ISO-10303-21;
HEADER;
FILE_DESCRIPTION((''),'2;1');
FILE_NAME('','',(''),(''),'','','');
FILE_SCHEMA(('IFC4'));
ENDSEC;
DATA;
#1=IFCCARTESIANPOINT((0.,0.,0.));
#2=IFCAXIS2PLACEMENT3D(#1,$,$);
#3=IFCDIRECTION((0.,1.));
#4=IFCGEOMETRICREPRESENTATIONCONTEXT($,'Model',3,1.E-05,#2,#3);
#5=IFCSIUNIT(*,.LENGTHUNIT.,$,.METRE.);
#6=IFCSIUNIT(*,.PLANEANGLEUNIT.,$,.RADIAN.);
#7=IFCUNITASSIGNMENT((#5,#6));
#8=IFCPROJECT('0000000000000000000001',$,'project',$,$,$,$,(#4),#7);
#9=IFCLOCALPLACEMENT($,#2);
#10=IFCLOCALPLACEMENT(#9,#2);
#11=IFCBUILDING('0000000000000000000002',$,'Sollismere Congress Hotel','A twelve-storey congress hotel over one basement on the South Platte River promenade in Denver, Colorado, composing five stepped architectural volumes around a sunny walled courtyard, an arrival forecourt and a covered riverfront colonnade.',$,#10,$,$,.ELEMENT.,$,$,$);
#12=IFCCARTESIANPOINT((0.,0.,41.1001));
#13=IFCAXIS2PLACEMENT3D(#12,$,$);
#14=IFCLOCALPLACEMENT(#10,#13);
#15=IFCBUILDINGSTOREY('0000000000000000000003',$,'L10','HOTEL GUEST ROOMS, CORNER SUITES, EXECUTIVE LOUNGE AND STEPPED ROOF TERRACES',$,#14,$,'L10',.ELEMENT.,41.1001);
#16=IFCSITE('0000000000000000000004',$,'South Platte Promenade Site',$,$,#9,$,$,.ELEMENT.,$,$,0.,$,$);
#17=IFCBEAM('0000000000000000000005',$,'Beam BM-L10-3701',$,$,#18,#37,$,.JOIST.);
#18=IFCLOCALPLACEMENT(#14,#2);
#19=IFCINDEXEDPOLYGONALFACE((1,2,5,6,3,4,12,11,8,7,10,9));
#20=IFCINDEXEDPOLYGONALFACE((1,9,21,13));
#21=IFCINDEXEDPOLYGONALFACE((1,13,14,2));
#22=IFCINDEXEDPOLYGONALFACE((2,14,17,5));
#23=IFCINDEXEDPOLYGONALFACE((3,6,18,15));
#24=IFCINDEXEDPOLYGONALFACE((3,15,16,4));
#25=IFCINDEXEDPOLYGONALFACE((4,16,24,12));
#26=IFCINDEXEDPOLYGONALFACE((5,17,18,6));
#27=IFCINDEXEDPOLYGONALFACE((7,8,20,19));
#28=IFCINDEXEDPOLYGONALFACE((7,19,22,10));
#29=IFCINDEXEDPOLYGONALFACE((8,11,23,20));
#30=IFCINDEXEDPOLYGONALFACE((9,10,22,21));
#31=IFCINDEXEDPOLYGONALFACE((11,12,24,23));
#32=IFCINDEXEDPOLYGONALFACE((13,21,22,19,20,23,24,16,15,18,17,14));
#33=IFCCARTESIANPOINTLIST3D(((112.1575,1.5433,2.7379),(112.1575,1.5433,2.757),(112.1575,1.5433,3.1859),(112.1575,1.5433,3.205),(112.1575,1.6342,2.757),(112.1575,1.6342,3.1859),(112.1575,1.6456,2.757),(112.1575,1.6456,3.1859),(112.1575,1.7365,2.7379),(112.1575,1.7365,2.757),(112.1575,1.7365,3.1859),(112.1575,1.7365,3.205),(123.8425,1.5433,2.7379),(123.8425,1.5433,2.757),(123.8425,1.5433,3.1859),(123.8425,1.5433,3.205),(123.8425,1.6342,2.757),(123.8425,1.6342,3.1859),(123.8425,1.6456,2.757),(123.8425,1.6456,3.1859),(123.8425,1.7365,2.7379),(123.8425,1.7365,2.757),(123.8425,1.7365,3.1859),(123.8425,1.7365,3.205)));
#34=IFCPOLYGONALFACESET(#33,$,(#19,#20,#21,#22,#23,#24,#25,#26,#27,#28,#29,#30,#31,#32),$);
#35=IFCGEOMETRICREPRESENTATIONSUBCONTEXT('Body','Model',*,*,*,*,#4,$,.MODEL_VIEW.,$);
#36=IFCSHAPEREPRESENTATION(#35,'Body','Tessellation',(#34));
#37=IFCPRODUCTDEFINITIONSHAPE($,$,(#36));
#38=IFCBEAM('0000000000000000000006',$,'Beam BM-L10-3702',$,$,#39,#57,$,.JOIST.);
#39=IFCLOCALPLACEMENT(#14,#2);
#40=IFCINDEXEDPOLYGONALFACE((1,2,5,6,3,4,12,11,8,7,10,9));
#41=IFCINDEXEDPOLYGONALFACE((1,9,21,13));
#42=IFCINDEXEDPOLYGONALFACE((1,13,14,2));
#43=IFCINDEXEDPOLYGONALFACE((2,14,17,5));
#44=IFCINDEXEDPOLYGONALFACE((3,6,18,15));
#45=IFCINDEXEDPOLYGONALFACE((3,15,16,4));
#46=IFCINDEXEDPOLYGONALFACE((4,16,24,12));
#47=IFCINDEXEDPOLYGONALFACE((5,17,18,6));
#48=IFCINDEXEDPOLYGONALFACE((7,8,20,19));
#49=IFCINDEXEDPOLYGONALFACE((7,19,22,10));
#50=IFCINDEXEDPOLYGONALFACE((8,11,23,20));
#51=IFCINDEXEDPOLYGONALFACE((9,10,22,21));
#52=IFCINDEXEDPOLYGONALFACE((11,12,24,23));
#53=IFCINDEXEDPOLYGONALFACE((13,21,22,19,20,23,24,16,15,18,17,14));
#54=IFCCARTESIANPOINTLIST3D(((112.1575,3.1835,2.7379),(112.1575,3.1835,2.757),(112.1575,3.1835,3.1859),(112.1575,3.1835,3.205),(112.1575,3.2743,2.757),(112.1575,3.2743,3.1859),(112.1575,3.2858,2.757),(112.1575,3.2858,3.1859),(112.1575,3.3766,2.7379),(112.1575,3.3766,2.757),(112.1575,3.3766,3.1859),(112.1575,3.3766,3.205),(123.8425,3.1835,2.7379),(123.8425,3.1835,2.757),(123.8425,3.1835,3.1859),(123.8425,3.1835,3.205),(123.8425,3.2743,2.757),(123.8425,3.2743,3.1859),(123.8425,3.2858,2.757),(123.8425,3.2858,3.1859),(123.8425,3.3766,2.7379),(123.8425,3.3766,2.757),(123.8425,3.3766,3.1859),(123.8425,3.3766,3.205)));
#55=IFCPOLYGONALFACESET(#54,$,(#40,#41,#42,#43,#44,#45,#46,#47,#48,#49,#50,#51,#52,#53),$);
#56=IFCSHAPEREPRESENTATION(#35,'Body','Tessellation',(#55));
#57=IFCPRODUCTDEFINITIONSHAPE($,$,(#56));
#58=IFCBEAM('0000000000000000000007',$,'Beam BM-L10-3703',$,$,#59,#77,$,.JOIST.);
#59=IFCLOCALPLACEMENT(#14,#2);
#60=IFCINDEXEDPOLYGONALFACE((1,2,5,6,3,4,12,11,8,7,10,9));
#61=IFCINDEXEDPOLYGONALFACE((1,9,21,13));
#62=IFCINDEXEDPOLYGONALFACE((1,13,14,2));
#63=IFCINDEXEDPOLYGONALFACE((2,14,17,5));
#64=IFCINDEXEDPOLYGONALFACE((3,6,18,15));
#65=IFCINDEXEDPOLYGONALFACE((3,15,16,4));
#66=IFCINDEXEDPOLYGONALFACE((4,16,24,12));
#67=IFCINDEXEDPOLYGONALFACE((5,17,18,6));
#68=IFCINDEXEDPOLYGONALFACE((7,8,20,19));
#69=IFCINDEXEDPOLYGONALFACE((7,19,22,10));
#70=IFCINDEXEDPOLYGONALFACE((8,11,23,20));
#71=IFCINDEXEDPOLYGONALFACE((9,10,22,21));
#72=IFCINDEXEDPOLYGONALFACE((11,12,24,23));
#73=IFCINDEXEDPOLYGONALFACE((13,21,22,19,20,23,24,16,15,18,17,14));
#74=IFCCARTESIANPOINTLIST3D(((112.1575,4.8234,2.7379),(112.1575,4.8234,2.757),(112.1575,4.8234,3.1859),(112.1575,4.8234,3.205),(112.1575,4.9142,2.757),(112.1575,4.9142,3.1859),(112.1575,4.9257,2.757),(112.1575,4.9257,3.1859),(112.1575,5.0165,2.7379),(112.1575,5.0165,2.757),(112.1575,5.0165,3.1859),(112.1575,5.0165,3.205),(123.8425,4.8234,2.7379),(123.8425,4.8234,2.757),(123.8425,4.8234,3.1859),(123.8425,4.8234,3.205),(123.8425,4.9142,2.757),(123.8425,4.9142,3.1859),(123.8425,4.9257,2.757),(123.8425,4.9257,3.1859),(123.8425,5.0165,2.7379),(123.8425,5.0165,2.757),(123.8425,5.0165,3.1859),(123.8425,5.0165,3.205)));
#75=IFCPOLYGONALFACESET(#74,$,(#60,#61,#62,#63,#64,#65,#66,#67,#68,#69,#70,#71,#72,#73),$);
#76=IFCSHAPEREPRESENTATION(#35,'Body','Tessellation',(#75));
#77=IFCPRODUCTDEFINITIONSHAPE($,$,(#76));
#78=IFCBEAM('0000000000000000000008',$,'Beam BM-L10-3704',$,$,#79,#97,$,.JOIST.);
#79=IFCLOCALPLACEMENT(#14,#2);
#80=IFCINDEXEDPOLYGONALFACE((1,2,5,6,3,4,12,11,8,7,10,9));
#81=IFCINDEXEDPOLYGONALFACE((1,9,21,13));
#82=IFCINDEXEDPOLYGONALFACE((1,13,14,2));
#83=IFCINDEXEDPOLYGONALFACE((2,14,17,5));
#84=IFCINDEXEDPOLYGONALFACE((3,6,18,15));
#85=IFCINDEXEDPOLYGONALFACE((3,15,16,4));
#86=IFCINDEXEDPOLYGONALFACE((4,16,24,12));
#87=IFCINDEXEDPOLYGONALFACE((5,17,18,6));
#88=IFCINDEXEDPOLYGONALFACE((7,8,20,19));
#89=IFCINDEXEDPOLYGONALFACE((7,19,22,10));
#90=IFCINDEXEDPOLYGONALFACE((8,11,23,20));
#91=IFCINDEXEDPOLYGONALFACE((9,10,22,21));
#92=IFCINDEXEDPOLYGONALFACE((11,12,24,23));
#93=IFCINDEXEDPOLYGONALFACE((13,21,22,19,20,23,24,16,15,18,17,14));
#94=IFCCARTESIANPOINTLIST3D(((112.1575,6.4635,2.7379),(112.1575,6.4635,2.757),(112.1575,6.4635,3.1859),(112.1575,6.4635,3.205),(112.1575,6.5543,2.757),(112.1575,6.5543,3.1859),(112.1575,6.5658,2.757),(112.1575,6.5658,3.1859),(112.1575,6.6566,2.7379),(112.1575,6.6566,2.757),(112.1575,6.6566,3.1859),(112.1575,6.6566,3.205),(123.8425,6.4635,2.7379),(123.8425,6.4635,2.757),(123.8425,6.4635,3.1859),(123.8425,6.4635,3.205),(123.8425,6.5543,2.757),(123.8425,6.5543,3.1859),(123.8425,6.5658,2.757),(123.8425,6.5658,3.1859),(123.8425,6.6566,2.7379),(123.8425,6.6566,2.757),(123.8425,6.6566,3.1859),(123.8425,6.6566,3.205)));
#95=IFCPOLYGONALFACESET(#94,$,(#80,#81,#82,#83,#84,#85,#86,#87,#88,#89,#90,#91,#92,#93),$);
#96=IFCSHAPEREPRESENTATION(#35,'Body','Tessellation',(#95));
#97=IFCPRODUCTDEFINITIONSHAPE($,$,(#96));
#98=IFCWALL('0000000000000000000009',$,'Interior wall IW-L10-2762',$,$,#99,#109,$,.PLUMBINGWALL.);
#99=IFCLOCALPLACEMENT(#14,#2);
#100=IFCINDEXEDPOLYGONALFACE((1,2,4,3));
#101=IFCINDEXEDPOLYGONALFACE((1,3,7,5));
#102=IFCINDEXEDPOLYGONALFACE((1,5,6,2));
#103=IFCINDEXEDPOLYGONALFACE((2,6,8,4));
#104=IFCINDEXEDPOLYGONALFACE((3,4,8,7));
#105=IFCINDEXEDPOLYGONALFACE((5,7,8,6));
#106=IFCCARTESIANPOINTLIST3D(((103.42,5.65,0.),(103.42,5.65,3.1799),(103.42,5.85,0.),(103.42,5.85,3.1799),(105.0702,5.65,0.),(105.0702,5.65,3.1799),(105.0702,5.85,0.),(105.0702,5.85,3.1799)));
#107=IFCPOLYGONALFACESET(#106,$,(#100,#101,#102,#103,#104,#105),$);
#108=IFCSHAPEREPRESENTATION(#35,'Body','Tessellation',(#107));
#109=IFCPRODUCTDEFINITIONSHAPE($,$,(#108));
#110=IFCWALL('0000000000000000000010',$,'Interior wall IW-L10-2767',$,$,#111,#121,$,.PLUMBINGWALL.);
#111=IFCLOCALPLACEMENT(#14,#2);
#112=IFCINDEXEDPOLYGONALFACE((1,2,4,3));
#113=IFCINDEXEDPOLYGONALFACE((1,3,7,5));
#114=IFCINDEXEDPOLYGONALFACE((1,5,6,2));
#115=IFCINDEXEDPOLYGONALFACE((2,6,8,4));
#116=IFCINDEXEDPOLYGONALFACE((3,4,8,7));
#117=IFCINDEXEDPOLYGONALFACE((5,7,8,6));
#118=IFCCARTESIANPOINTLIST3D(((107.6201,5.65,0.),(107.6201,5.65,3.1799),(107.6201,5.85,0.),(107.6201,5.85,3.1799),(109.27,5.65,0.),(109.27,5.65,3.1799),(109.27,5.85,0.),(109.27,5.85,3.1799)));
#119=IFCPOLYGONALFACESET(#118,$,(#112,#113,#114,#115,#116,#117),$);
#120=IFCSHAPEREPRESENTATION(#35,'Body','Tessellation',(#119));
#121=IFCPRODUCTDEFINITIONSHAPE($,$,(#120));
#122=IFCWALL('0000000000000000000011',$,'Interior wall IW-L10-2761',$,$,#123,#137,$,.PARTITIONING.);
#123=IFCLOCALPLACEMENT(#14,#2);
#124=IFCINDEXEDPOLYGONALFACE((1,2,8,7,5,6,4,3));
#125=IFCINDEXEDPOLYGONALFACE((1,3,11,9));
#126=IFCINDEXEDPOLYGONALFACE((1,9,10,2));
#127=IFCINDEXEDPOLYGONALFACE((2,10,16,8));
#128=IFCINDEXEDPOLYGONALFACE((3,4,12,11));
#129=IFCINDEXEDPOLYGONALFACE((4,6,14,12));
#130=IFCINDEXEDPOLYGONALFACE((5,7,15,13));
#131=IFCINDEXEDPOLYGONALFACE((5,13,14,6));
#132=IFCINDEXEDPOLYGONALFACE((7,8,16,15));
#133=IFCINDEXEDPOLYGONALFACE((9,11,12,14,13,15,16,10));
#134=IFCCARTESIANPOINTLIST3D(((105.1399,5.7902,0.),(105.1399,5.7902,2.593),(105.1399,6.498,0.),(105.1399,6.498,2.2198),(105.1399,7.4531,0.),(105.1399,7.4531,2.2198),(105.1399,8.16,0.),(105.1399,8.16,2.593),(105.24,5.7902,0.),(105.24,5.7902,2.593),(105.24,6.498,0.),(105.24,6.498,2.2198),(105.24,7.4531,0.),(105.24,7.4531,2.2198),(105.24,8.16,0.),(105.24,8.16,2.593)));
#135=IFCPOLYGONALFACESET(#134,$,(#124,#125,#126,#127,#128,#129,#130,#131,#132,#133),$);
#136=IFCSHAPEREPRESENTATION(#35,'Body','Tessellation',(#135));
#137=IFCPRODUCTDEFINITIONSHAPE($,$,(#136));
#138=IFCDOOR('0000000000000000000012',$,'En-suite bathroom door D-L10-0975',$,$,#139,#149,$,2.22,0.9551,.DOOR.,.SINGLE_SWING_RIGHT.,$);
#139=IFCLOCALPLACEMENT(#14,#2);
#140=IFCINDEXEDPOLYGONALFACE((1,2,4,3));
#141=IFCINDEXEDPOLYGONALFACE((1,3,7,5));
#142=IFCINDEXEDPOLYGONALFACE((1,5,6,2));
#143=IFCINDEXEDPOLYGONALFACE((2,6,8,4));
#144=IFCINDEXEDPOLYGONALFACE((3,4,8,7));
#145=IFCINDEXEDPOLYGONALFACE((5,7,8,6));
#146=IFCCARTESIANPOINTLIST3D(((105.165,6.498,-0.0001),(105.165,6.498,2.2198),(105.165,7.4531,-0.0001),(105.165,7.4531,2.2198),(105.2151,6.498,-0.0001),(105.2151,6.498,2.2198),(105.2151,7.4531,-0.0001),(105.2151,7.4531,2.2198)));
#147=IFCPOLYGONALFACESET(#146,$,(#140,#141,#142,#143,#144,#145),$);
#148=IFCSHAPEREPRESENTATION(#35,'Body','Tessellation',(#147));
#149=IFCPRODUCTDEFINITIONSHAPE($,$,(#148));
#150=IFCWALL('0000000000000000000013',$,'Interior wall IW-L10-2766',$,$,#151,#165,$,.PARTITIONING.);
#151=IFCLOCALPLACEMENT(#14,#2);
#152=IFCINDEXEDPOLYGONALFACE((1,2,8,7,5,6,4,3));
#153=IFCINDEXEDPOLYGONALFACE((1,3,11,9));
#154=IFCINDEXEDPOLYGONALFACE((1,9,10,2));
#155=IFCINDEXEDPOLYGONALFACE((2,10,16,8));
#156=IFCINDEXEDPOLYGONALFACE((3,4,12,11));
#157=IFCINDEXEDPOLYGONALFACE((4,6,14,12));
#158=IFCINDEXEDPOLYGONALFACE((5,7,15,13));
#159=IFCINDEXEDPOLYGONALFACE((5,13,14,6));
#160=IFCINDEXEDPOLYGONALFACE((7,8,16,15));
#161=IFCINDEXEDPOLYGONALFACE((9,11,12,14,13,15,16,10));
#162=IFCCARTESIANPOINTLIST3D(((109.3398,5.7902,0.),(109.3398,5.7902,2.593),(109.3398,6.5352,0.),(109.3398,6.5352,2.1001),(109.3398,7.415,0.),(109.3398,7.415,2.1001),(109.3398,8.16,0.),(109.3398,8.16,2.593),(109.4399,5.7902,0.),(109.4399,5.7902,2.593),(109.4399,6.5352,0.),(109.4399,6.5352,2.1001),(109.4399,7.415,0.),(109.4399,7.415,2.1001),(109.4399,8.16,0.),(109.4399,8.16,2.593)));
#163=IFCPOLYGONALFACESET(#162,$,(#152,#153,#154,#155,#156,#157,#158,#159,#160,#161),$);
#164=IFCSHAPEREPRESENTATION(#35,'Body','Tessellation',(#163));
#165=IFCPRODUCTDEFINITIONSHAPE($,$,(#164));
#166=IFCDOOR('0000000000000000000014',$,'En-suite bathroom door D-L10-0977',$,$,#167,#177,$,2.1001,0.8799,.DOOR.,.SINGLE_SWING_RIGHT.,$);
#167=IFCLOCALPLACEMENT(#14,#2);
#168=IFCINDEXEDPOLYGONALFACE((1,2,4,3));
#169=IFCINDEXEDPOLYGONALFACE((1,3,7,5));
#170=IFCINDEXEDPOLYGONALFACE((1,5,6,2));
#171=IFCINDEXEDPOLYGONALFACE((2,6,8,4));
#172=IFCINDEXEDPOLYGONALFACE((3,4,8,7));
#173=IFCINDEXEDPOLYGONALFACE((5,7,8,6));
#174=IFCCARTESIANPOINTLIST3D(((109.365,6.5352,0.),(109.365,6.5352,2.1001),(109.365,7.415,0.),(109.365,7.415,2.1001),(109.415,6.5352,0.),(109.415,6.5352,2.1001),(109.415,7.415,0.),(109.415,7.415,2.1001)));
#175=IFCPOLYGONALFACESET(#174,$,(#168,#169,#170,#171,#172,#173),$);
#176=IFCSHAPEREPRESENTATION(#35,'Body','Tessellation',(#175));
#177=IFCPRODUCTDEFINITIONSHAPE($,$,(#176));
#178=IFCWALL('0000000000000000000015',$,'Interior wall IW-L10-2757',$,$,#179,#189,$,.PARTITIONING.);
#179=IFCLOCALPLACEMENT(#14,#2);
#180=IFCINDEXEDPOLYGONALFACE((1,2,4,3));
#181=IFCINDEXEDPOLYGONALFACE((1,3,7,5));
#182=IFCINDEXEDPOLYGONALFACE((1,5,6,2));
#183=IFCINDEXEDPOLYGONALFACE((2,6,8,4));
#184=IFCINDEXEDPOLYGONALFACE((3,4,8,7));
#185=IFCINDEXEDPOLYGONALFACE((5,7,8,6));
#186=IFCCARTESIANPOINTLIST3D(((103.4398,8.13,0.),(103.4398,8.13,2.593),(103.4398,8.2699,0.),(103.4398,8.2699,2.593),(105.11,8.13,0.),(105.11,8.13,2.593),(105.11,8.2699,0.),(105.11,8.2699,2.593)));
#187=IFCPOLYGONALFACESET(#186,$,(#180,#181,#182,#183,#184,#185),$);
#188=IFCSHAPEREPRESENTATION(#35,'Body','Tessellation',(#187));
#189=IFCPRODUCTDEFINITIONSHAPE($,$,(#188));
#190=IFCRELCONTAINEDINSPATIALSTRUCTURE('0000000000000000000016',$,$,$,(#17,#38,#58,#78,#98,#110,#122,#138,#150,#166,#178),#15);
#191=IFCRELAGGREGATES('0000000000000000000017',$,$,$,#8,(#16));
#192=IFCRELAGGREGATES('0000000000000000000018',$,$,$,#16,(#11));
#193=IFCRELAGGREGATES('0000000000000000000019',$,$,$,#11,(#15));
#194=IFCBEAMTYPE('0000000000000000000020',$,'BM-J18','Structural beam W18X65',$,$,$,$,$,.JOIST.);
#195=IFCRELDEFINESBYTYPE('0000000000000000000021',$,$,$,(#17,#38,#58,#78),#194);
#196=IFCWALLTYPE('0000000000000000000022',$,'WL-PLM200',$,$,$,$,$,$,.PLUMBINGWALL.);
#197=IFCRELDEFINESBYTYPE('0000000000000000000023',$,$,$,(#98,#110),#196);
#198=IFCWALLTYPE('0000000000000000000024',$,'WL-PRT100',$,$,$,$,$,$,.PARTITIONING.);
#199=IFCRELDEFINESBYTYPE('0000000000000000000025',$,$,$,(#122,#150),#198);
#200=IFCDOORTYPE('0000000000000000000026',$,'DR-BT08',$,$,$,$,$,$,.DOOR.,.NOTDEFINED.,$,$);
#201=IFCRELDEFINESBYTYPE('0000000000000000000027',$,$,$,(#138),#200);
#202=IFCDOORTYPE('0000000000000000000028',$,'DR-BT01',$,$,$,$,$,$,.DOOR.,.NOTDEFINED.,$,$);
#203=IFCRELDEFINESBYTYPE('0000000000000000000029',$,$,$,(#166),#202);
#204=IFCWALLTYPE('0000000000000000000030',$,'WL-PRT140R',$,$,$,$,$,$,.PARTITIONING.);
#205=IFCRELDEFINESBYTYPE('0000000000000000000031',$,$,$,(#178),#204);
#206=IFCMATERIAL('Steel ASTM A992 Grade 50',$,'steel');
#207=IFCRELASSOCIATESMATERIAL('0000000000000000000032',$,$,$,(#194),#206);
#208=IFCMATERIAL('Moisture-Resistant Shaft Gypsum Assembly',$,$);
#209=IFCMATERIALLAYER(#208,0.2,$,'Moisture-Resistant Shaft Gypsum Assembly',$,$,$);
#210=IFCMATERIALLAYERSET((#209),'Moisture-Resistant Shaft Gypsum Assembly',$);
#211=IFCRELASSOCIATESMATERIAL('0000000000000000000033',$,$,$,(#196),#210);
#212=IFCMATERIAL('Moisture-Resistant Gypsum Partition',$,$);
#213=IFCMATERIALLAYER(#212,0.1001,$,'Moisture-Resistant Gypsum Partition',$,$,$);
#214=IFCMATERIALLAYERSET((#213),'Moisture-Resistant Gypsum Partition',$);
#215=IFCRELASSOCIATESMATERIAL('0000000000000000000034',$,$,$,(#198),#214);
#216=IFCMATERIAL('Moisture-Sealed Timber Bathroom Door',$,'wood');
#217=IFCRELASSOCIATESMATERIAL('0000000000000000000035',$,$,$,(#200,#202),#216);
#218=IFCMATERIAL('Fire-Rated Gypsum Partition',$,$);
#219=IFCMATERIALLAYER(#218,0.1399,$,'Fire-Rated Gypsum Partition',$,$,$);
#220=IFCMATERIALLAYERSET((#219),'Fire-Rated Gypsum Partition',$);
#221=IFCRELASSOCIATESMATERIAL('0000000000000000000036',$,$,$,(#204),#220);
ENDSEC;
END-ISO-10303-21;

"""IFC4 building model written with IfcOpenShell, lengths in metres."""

from ifc_helpers import new_model, si_unit, direction, frame, frame_2d, origin, origin_2d, place, context, subcontext, project, spatial, rectangle, i_section, extrude, material, layer, layer_set, material_profile, profile_set, type_object, element, fill, save


model = new_model("IFC4")

# Units and contexts
model_context = context("Model", 3, precision=1e-05, world=origin(), true_north=direction((0.0, 1.0)))
body_context = subcontext(model_context, "Body", "Model", "MODEL_VIEW")
ifc_project = project(units=[si_unit("LENGTHUNIT", "METRE"), si_unit("PLANEANGLEUNIT", "RADIAN")], contexts=[model_context])

# Site, building, storey
site_placement = place(None, origin())
site = spatial("IfcSite", under=ifc_project, at=site_placement, Name="South Platte Promenade Site", CompositionType="ELEMENT", RefElevation=0.0)
building_placement = place(site_placement, origin())
building = spatial("IfcBuilding", under=site, at=building_placement, Name="Sollismere Congress Hotel", Description="A twelve-storey congress hotel over one basement on the South Platte River promenade in Denver, Colorado, composing five stepped architectural volumes around a sunny walled courtyard, an arrival forecourt and a covered riverfront colonnade.", CompositionType="ELEMENT")
storey_placement = place(building_placement, frame((0.0, 0.0, 41.1001)))
storey = spatial("IfcBuildingStorey", under=building, at=storey_placement, Name="L10", Description="HOTEL GUEST ROOMS, CORNER SUITES, EXECUTIVE LOUNGE AND STEPPED ROOF TERRACES", LongName="L10", CompositionType="ELEMENT", Elevation=41.1001)

# Beams
ifc_material_1 = material(Name="Steel ASTM A992 Grade 50", Category="steel")
ifc_material_profile = material_profile(ifc_material_1, i_section(OverallWidth=0.1931, OverallDepth=0.467, WebThickness=0.0115, FlangeThickness=0.019, at=origin_2d()), Name="W18X65")
ifc_profile_set = profile_set([ifc_material_profile], Name="Steel ASTM A992 Grade 50")
beam_type = type_object("IfcBeamType", Name="BM-J18", Description="Structural beam W18X65", PredefinedType="JOIST", material=ifc_profile_set)
for number, where, z_axis, x_axis, name in (
    (1, (112.1575, 1.6399, 2.9714), (1.0, 0.0, 0.0), (0.0, 1.0, 0.0), "Beam BM-L10-3701"),
    (2, (112.1575, 3.28, 2.9714), (1.0, 0.0, 0.0), (0.0, 1.0, 0.0), "Beam BM-L10-3702"),
    (3, (112.1575, 4.9199, 2.9714), (1.0, 0.0, 0.0), (0.0, 1.0, 0.0), "Beam BM-L10-3703"),
    (4, (112.1575, 6.5601, 2.9714), (1.0, 0.0, 0.0), (0.0, 1.0, 0.0), "Beam BM-L10-3704"),
):
    element("IfcBeam", number, at=place(storey_placement, frame(where, z_axis=z_axis, x_axis=x_axis)), inside=storey, type_object=beam_type, Name=name, PredefinedType="JOIST", context=body_context, shape_type="SweptSolid", body=[
        extrude(i_section(OverallWidth=0.1931, OverallDepth=0.467, WebThickness=0.0115, FlangeThickness=0.019, at=origin_2d()), origin(), (0.0, 0.0, 1.0), 11.6851),
    ])

# Walls
ifc_material_2 = material(Name="Moisture-Resistant Shaft Gypsum Assembly")
ifc_layer_1 = layer(ifc_material_2, 0.2, Name="Moisture-Resistant Shaft Gypsum Assembly")
ifc_layer_set_1 = layer_set([ifc_layer_1], Name="Moisture-Resistant Shaft Gypsum Assembly")
wall_type_1 = type_object("IfcWallType", Name="WL-PLM200", PredefinedType="PLUMBINGWALL", material=ifc_layer_set_1)
wall_1_placement = place(storey_placement, frame((103.4199, 5.75, 0.0), z_axis=(0.0, 0.0, 1.0), x_axis=(1.0, 0.0, 0.0)))
element("IfcWall", 5, at=wall_1_placement, inside=storey, type_object=wall_type_1, Name="Interior wall IW-L10-2762", PredefinedType="PLUMBINGWALL", context=body_context, shape_type="SweptSolid", body=[
    extrude(rectangle(XDim=1.6501, YDim=0.2, at=frame_2d((0.8252, 0.0))), origin(), (0.0, 0.0, 1.0), 3.1799),
])
wall_2_placement = place(storey_placement, frame((107.6201, 5.75, 0.0), z_axis=(0.0, 0.0, 1.0), x_axis=(1.0, 0.0, 0.0)))
element("IfcWall", 6, at=wall_2_placement, inside=storey, type_object=wall_type_1, Name="Interior wall IW-L10-2767", PredefinedType="PLUMBINGWALL", context=body_context, shape_type="SweptSolid", body=[
    extrude(rectangle(XDim=1.6499, YDim=0.2, at=frame_2d((0.825, 0.0))), origin(), (0.0, 0.0, 1.0), 3.1799),
])

# Walls, openings, doors
ifc_material_3 = material(Name="Moisture-Resistant Gypsum Partition")
ifc_layer_2 = layer(ifc_material_3, 0.1001, Name="Moisture-Resistant Gypsum Partition")
ifc_layer_set_2 = layer_set([ifc_layer_2], Name="Moisture-Resistant Gypsum Partition")
wall_type_2 = type_object("IfcWallType", Name="WL-PRT100", PredefinedType="PARTITIONING", material=ifc_layer_set_2)
wall_3_placement = place(storey_placement, frame((105.1899, 5.79, 0.0), z_axis=(0.0, 0.0, 1.0), x_axis=(0.0, 1.0, 0.0)))
wall_3 = element("IfcWall", 7, at=wall_3_placement, inside=storey, type_object=wall_type_2, Name="Interior wall IW-L10-2761", PredefinedType="PARTITIONING", context=body_context, shape_type="SweptSolid", body=[
    extrude(rectangle(XDim=2.3699, YDim=0.1001, at=frame_2d((1.1851, 0.0))), origin(), (0.0, 0.0, 1.0), 2.593),
])
opening_1_placement = place(wall_3_placement, frame((0.708, 0.0, 0.0)))
opening_1 = element("IfcOpeningElement", 8, at=opening_1_placement, cuts=wall_3, PredefinedType="OPENING", context=body_context, shape_type="SweptSolid", body=[
    extrude(rectangle(XDim=0.9551, YDim=2.22, at=frame_2d((0.4775, 1.1099))), frame((0.0, 0.0601, 0.0), z_axis=(0.0, -1.0, 0.0), x_axis=(1.0, 0.0, 0.0)), (0.0, 0.0, 1.0), 0.1201),
])
ifc_material_4 = material(Name="Moisture-Sealed Timber Bathroom Door", Category="wood")
door_type_1 = type_object("IfcDoorType", Name="DR-BT08", OperationType="NOTDEFINED", PredefinedType="DOOR", material=ifc_material_4)
door_1_placement = place(opening_1_placement, origin())
door_1 = element("IfcDoor", 9, at=door_1_placement, inside=storey, type_object=door_type_1, Name="En-suite bathroom door D-L10-0975", OperationType="SINGLE_SWING_RIGHT", OverallHeight=2.22, OverallWidth=0.9551, PredefinedType="DOOR", context=body_context, shape_type="SweptSolid", body=[
    extrude(rectangle(XDim=0.9551, YDim=2.22, at=frame_2d((0.4775, 1.1099))), frame((0.0, 0.0249, 0.0), z_axis=(0.0, -1.0, 0.0), x_axis=(1.0, 0.0, 0.0)), (0.0, 0.0, 1.0), 0.05),
])
fill(opening_1, door_1)
wall_4_placement = place(storey_placement, frame((109.3899, 5.79, 0.0), z_axis=(0.0, 0.0, 1.0), x_axis=(0.0, 1.0, 0.0)))
wall_4 = element("IfcWall", 10, at=wall_4_placement, inside=storey, type_object=wall_type_2, Name="Interior wall IW-L10-2766", PredefinedType="PARTITIONING", context=body_context, shape_type="SweptSolid", body=[
    extrude(rectangle(XDim=2.3699, YDim=0.1001, at=frame_2d((1.1851, 0.0))), origin(), (0.0, 0.0, 1.0), 2.593),
])
opening_2_placement = place(wall_4_placement, frame((0.7451, 0.0, 0.0)))
opening_2 = element("IfcOpeningElement", 11, at=opening_2_placement, cuts=wall_4, PredefinedType="OPENING", context=body_context, shape_type="SweptSolid", body=[
    extrude(rectangle(XDim=0.8799, YDim=2.1001, at=frame_2d((0.4399, 1.05))), frame((0.0, 0.0601, 0.0), z_axis=(0.0, -1.0, 0.0), x_axis=(1.0, 0.0, 0.0)), (0.0, 0.0, 1.0), 0.1201),
])
door_type_2 = type_object("IfcDoorType", Name="DR-BT01", OperationType="NOTDEFINED", PredefinedType="DOOR", material=ifc_material_4)
door_2_placement = place(opening_2_placement, origin())
door_2 = element("IfcDoor", 12, at=door_2_placement, inside=storey, type_object=door_type_2, Name="En-suite bathroom door D-L10-0977", OperationType="SINGLE_SWING_RIGHT", OverallHeight=2.1001, OverallWidth=0.8799, PredefinedType="DOOR", context=body_context, shape_type="SweptSolid", body=[
    extrude(rectangle(XDim=0.8799, YDim=2.1001, at=frame_2d((0.4399, 1.05))), frame((0.0, 0.0249, 0.0), z_axis=(0.0, -1.0, 0.0), x_axis=(1.0, 0.0, 0.0)), (0.0, 0.0, 1.0), 0.05),
])
fill(opening_2, door_2)

# Wall
ifc_material_5 = material(Name="Fire-Rated Gypsum Partition")
ifc_layer_3 = layer(ifc_material_5, 0.1399, Name="Fire-Rated Gypsum Partition")
ifc_layer_set_3 = layer_set([ifc_layer_3], Name="Fire-Rated Gypsum Partition")
wall_type_3 = type_object("IfcWallType", Name="WL-PRT140R", PredefinedType="PARTITIONING", material=ifc_layer_set_3)
wall_5_placement = place(storey_placement, frame((103.4399, 8.2, 0.0), z_axis=(0.0, 0.0, 1.0), x_axis=(1.0, 0.0, 0.0)))
element("IfcWall", 13, at=wall_5_placement, inside=storey, type_object=wall_type_3, Name="Interior wall IW-L10-2757", PredefinedType="PARTITIONING", context=body_context, shape_type="SweptSolid", body=[
    extrude(rectangle(XDim=1.6702, YDim=0.1399, at=frame_2d((0.835, 0.0))), origin(), (0.0, 0.0, 1.0), 2.593),
])

save(model, "model.ifc")
